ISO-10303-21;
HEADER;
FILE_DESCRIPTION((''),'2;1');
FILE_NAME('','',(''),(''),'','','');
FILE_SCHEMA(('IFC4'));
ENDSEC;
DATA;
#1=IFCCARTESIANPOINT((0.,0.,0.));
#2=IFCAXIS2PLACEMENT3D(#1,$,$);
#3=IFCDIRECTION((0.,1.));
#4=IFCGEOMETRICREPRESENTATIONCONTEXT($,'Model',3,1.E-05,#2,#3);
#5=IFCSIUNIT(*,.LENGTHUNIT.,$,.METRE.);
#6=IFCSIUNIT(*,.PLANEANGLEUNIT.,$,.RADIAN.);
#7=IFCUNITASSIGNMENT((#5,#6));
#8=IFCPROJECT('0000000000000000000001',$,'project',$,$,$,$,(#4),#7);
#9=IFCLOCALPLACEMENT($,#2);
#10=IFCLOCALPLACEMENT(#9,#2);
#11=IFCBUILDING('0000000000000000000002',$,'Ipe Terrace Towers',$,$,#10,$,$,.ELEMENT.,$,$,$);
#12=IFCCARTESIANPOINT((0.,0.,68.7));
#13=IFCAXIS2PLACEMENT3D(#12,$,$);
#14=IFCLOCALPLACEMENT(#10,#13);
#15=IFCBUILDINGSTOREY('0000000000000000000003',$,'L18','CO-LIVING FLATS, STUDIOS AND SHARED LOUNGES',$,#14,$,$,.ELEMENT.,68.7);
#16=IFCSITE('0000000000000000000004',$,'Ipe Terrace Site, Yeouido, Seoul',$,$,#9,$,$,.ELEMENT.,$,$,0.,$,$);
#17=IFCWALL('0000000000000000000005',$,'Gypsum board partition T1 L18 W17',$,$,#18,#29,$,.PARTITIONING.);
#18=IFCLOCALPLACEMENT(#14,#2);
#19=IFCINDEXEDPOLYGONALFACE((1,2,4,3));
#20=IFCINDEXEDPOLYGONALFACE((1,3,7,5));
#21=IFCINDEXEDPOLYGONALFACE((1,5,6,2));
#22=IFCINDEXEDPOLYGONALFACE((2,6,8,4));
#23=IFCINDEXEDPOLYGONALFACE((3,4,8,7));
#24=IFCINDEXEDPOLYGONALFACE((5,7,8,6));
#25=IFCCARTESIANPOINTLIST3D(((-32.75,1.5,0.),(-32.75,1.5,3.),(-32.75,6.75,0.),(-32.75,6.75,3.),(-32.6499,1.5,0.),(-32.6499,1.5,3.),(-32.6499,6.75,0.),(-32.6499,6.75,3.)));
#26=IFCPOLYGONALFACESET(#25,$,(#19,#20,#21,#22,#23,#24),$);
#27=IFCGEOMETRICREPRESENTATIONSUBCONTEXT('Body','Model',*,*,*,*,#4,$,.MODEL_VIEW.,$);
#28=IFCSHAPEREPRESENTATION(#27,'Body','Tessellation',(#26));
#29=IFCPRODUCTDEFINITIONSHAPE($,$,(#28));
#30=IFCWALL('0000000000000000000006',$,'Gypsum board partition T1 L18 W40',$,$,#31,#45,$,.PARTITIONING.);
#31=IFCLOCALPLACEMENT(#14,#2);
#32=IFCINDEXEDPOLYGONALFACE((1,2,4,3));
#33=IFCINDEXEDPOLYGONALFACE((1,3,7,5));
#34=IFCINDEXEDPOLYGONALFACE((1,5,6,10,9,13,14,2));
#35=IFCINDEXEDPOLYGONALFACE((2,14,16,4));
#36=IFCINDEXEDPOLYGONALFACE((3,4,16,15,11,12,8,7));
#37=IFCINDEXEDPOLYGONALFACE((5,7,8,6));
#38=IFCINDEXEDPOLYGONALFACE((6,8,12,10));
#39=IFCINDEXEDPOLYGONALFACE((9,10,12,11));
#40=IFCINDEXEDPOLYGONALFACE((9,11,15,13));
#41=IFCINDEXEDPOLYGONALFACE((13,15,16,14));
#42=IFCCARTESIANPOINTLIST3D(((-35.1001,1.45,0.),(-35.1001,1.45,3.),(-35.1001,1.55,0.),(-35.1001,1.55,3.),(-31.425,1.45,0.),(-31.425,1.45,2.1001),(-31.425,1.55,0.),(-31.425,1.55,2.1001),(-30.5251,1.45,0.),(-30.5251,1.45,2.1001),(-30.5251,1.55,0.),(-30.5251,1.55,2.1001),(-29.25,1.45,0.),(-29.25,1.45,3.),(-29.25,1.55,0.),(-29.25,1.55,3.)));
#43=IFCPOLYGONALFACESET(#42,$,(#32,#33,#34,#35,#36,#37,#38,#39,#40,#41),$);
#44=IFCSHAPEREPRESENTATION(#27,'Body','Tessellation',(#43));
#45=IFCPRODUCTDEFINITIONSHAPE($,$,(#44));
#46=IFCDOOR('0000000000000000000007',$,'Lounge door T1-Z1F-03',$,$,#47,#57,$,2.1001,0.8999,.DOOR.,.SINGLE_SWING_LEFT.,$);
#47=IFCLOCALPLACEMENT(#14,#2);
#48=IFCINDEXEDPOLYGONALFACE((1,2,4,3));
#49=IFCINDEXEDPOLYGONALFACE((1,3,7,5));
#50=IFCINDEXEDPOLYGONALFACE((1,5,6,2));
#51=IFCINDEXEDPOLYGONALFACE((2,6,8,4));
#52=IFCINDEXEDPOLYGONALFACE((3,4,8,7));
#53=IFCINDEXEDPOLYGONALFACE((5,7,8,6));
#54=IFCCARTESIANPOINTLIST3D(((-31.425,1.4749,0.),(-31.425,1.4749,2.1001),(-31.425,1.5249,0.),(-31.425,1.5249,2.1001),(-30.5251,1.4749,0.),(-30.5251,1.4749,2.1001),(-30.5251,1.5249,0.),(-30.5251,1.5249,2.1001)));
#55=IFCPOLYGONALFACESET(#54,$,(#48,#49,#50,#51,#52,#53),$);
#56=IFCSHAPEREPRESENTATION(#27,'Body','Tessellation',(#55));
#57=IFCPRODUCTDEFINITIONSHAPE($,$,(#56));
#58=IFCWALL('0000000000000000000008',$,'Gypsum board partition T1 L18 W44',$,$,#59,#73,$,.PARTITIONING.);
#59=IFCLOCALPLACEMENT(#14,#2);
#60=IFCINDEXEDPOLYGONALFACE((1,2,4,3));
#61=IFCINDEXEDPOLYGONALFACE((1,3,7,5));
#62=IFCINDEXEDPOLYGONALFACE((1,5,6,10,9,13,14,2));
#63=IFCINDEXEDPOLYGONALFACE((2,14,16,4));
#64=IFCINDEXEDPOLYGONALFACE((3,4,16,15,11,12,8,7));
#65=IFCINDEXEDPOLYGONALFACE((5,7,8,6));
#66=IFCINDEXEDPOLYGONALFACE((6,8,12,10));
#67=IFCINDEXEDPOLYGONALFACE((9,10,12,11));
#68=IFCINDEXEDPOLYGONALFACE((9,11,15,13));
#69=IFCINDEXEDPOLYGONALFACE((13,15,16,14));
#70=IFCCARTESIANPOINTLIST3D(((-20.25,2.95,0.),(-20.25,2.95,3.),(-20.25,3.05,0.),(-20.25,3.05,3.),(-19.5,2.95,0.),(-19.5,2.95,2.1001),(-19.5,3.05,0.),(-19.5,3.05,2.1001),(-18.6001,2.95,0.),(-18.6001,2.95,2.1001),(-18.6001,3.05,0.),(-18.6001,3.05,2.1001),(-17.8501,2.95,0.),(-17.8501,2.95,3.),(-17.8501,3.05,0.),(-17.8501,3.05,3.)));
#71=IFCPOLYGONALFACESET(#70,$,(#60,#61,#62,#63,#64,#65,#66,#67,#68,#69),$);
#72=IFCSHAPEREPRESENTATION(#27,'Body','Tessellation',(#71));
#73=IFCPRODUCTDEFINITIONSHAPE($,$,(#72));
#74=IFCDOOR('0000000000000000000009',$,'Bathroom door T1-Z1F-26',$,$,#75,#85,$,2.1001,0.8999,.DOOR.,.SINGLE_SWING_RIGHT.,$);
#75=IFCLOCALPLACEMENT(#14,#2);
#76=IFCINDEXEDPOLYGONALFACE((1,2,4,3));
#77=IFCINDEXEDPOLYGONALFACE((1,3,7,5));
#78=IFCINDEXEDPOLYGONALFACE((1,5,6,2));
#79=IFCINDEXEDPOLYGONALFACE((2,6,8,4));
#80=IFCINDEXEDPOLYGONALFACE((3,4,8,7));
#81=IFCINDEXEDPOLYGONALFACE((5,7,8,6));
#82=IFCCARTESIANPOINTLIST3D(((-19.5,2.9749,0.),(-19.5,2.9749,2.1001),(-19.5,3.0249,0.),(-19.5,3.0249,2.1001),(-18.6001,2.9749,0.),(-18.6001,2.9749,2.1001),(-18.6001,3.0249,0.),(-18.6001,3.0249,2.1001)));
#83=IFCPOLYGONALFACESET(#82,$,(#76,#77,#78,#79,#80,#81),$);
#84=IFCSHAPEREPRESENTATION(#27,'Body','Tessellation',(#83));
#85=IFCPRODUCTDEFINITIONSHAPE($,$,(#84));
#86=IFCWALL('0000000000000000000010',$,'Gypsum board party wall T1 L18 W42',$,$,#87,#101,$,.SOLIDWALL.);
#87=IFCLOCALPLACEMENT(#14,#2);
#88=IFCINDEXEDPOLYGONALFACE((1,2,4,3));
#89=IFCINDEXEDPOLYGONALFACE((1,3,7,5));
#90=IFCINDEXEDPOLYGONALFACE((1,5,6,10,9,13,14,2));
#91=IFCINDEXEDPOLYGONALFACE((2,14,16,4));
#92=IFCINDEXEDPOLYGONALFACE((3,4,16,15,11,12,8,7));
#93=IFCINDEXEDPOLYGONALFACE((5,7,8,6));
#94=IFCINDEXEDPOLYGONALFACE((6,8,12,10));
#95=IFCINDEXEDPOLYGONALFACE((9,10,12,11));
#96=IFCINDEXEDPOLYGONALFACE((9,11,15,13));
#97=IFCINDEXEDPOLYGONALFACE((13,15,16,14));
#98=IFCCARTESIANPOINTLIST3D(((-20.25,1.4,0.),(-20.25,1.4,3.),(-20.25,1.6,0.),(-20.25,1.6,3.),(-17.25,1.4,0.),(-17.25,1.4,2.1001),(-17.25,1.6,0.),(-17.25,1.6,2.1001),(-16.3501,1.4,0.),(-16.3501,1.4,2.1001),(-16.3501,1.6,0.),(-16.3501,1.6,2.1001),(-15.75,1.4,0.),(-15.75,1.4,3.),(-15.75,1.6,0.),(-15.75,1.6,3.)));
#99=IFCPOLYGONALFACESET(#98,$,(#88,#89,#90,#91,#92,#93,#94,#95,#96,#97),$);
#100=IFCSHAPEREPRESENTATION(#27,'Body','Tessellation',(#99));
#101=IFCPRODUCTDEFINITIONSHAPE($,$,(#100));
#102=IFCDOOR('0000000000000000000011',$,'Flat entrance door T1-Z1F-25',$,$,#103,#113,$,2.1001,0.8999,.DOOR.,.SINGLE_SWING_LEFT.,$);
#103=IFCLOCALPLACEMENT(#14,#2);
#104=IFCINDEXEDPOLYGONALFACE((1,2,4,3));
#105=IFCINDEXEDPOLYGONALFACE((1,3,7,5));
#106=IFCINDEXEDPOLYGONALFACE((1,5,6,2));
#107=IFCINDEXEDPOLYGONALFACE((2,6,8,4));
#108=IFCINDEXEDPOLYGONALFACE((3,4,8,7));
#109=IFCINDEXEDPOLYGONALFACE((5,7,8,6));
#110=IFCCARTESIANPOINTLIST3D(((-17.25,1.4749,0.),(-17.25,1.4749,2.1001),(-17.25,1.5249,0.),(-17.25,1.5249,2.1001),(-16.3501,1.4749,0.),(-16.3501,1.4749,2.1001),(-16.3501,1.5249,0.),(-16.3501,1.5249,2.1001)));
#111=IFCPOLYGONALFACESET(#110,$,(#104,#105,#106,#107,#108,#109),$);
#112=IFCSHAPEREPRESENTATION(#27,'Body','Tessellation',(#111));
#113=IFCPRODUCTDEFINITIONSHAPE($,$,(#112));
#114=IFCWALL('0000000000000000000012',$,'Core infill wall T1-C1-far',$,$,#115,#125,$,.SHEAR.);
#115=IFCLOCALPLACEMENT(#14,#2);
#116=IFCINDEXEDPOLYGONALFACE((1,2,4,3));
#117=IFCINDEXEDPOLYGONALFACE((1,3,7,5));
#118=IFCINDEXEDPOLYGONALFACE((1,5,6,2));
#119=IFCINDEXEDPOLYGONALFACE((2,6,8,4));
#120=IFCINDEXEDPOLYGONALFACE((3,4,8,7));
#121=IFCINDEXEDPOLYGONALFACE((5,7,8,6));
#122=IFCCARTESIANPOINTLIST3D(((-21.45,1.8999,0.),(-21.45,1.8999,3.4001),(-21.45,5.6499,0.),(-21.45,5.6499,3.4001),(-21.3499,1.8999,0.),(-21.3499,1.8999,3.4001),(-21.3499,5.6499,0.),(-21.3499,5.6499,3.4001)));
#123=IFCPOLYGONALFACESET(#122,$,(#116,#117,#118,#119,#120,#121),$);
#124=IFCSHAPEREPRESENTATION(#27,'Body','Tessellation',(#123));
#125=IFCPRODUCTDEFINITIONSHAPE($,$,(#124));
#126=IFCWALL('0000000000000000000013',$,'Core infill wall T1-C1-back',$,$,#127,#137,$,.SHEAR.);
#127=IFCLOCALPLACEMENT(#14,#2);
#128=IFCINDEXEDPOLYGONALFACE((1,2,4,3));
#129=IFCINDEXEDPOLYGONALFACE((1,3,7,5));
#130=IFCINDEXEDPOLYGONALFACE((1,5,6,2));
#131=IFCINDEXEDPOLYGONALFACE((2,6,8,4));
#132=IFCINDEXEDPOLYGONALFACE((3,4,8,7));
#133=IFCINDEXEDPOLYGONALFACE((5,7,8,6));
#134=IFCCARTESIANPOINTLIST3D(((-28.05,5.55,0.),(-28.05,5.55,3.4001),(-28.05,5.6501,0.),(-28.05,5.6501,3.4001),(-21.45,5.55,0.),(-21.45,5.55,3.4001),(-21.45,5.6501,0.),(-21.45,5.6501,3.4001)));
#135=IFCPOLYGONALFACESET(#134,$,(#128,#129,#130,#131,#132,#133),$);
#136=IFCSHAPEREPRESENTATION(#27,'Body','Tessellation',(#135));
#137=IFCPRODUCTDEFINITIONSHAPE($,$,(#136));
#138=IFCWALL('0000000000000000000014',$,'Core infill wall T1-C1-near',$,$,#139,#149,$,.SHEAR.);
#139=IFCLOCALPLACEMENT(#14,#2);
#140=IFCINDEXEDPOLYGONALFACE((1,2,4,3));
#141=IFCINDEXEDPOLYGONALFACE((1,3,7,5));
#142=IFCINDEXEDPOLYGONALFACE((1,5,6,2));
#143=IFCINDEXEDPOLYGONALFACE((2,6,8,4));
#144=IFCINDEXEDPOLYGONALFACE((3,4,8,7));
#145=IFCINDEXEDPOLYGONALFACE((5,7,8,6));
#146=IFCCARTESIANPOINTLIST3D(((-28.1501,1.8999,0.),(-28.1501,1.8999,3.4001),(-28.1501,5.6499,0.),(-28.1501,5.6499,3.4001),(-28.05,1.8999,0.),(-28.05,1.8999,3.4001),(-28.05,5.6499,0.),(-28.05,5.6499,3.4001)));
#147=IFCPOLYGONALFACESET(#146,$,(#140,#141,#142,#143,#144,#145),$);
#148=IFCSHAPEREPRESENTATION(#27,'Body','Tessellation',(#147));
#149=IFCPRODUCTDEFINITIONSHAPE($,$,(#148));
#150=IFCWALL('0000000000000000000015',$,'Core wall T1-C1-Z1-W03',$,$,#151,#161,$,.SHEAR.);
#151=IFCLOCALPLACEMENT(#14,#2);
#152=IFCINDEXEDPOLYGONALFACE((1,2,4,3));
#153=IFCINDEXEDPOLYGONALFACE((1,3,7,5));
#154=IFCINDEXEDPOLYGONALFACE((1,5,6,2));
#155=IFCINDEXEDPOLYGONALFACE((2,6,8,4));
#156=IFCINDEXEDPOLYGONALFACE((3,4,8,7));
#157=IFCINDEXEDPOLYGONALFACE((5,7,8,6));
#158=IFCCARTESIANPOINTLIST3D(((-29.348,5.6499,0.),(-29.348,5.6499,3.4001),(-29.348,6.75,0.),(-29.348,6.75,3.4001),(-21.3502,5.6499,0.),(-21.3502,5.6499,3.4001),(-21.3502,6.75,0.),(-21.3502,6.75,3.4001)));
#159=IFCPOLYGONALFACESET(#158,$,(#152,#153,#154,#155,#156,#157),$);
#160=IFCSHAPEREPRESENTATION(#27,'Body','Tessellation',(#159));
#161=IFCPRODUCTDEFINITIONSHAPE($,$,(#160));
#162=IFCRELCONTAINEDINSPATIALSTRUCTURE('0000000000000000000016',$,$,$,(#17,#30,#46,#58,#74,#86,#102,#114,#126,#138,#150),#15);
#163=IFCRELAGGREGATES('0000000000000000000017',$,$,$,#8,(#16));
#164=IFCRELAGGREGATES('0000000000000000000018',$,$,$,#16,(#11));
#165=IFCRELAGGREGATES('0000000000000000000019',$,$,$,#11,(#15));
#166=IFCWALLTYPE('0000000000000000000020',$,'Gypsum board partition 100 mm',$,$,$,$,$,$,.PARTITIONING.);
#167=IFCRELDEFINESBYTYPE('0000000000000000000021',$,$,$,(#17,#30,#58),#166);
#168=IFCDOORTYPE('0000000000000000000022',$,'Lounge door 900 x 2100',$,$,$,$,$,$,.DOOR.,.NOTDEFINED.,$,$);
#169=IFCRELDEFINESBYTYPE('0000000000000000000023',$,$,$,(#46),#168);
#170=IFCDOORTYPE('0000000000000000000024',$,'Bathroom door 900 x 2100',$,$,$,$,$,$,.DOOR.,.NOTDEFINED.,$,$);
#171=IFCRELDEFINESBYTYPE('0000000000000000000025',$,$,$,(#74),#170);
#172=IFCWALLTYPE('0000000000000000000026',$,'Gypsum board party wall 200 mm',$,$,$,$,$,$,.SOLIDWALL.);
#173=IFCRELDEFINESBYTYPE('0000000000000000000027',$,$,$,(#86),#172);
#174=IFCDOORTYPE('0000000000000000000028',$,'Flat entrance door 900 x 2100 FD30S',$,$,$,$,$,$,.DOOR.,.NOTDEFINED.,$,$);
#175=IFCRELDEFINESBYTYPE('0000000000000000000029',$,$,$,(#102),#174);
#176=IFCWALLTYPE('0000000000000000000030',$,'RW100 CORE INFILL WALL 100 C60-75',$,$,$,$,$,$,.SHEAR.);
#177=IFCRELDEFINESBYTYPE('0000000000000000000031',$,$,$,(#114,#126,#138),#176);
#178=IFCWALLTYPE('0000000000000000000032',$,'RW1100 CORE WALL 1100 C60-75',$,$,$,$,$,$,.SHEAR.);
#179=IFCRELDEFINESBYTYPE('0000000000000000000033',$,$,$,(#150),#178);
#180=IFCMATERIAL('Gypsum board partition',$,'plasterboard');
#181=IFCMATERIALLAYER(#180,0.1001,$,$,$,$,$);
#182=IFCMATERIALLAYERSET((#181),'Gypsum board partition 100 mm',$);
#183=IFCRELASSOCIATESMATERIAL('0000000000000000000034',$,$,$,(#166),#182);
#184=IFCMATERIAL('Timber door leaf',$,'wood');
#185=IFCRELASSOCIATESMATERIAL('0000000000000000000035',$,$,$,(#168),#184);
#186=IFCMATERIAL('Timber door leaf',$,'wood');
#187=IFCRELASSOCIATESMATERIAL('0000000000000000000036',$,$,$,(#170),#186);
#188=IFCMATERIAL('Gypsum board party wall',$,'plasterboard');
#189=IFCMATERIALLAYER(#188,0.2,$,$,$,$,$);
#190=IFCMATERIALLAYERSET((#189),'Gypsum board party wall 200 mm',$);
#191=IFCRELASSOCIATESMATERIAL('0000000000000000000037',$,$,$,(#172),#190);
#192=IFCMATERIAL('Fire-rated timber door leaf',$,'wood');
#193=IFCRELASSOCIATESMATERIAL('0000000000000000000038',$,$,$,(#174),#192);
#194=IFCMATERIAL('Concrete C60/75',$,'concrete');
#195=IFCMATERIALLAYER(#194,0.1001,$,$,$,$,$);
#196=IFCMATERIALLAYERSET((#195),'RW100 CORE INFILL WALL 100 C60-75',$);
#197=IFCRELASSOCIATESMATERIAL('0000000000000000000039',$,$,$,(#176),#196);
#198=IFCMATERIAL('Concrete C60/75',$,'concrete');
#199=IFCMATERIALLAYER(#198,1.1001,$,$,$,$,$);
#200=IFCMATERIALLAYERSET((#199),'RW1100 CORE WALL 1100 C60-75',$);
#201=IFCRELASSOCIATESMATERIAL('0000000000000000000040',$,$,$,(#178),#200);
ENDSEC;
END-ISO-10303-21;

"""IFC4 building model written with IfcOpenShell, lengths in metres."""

from ifc_helpers import new_model, si_unit, direction, frame, frame_2d, origin, place, context, subcontext, project, spatial, rectangle, extrude, material, layer, layer_set, type_object, element, fill, save


model = new_model("IFC4")

# Units and contexts
model_context = context("Model", 3, precision=1e-05, world=origin(), true_north=direction((0.0, 1.0)))
body_context = subcontext(model_context, "Body", "Model", "MODEL_VIEW")
ifc_project = project(units=[si_unit("LENGTHUNIT", "METRE"), si_unit("PLANEANGLEUNIT", "RADIAN")], contexts=[model_context])

# Site, building, storey
site_placement = place(None, origin())
site = spatial("IfcSite", under=ifc_project, at=site_placement, Name="Ipe Terrace Site, Yeouido, Seoul", CompositionType="ELEMENT", RefElevation=0.0)
building_placement = place(site_placement, origin())
building = spatial("IfcBuilding", under=site, at=building_placement, Name="Ipe Terrace Towers", CompositionType="ELEMENT")
storey_placement = place(building_placement, frame((0.0, 0.0, 68.7)))
storey = spatial("IfcBuildingStorey", under=building, at=storey_placement, Name="L18", Description="CO-LIVING FLATS, STUDIOS AND SHARED LOUNGES", CompositionType="ELEMENT", Elevation=68.7)

# Wall
ifc_material_1 = material(Name="Gypsum board partition", Category="plasterboard")
ifc_layer_1 = layer(ifc_material_1, 0.1001)
ifc_layer_set_1 = layer_set([ifc_layer_1], Name="Gypsum board partition 100 mm")
wall_type_1 = type_object("IfcWallType", Name="Gypsum board partition 100 mm", PredefinedType="PARTITIONING", material=ifc_layer_set_1)
wall_1_placement = place(storey_placement, frame((-32.7, 1.5, 0.0), z_axis=(0.0, 0.0, 1.0), x_axis=(0.0, 1.0, 0.0)))
element("IfcWall", 1, at=wall_1_placement, inside=storey, type_object=wall_type_1, Name="Gypsum board partition T1 L18 W17", PredefinedType="PARTITIONING", context=body_context, shape_type="SweptSolid", body=[
    extrude(rectangle(XDim=5.25, YDim=0.1001, at=frame_2d((2.625, 0.0))), origin(), (0.0, 0.0, 1.0), 3.0),
])

# Walls, openings, doors
wall_2_placement = place(storey_placement, frame((-35.1001, 1.5, 0.0), z_axis=(0.0, 0.0, 1.0), x_axis=(1.0, 0.0, 0.0)))
wall_2 = element("IfcWall", 2, at=wall_2_placement, inside=storey, type_object=wall_type_1, Name="Gypsum board partition T1 L18 W40", PredefinedType="PARTITIONING", context=body_context, shape_type="SweptSolid", body=[
    extrude(rectangle(XDim=5.8501, YDim=0.1001, at=frame_2d((2.925, 0.0))), origin(), (0.0, 0.0, 1.0), 3.0),
])
opening_1_placement = place(wall_2_placement, frame((3.675, 0.0, 0.0)))
opening_1 = element("IfcOpeningElement", 3, at=opening_1_placement, cuts=wall_2, PredefinedType="OPENING", context=body_context, shape_type="SweptSolid", body=[
    extrude(rectangle(XDim=0.8999, YDim=2.1001, at=frame_2d((0.45, 1.05))), frame((0.0, 0.0601, 0.0), z_axis=(0.0, -1.0, 0.0), x_axis=(1.0, 0.0, 0.0)), (0.0, 0.0, 1.0), 0.1201),
])
ifc_material_2 = material(Name="Timber door leaf", Category="wood")
door_type_1 = type_object("IfcDoorType", Name="Lounge door 900 x 2100", OperationType="NOTDEFINED", PredefinedType="DOOR", material=ifc_material_2)
door_1_placement = place(opening_1_placement, origin())
door_1 = element("IfcDoor", 4, at=door_1_placement, inside=storey, type_object=door_type_1, Name="Lounge door T1-Z1F-03", OperationType="SINGLE_SWING_LEFT", OverallHeight=2.1001, OverallWidth=0.8999, PredefinedType="DOOR", context=body_context, shape_type="SweptSolid", body=[
    extrude(rectangle(XDim=0.8999, YDim=2.1001, at=frame_2d((0.45, 1.05))), frame((0.0, 0.0249, 0.0), z_axis=(0.0, -1.0, 0.0), x_axis=(1.0, 0.0, 0.0)), (0.0, 0.0, 1.0), 0.05),
])
fill(opening_1, door_1)
wall_3_placement = place(storey_placement, frame((-20.25, 3.0, 0.0), z_axis=(0.0, 0.0, 1.0), x_axis=(1.0, 0.0, 0.0)))
wall_3 = element("IfcWall", 5, at=wall_3_placement, inside=storey, type_object=wall_type_1, Name="Gypsum board partition T1 L18 W44", PredefinedType="PARTITIONING", context=body_context, shape_type="SweptSolid", body=[
    extrude(rectangle(XDim=2.3999, YDim=0.1001, at=frame_2d((1.2, 0.0))), origin(), (0.0, 0.0, 1.0), 3.0),
])
opening_2_placement = place(wall_3_placement, frame((0.75, 0.0, 0.0)))
opening_2 = element("IfcOpeningElement", 6, at=opening_2_placement, cuts=wall_3, PredefinedType="OPENING", context=body_context, shape_type="SweptSolid", body=[
    extrude(rectangle(XDim=0.8999, YDim=2.1001, at=frame_2d((0.45, 1.05))), frame((0.0, 0.0601, 0.0), z_axis=(0.0, -1.0, 0.0), x_axis=(1.0, 0.0, 0.0)), (0.0, 0.0, 1.0), 0.1201),
])
ifc_material_3 = material(Name="Timber door leaf", Category="wood")
door_type_2 = type_object("IfcDoorType", Name="Bathroom door 900 x 2100", OperationType="NOTDEFINED", PredefinedType="DOOR", material=ifc_material_3)
door_2_placement = place(opening_2_placement, origin())
door_2 = element("IfcDoor", 7, at=door_2_placement, inside=storey, type_object=door_type_2, Name="Bathroom door T1-Z1F-26", OperationType="SINGLE_SWING_RIGHT", OverallHeight=2.1001, OverallWidth=0.8999, PredefinedType="DOOR", context=body_context, shape_type="SweptSolid", body=[
    extrude(rectangle(XDim=0.8999, YDim=2.1001, at=frame_2d((0.45, 1.05))), frame((0.0, 0.0249, 0.0), z_axis=(0.0, -1.0, 0.0), x_axis=(1.0, 0.0, 0.0)), (0.0, 0.0, 1.0), 0.05),
])
fill(opening_2, door_2)
ifc_material_4 = material(Name="Gypsum board party wall", Category="plasterboard")
ifc_layer_2 = layer(ifc_material_4, 0.2)
ifc_layer_set_2 = layer_set([ifc_layer_2], Name="Gypsum board party wall 200 mm")
wall_type_2 = type_object("IfcWallType", Name="Gypsum board party wall 200 mm", PredefinedType="SOLIDWALL", material=ifc_layer_set_2)
wall_4_placement = place(storey_placement, frame((-20.25, 1.5, 0.0), z_axis=(0.0, 0.0, 1.0), x_axis=(1.0, 0.0, 0.0)))
wall_4 = element("IfcWall", 8, at=wall_4_placement, inside=storey, type_object=wall_type_2, Name="Gypsum board party wall T1 L18 W42", PredefinedType="SOLIDWALL", context=body_context, shape_type="SweptSolid", body=[
    extrude(rectangle(XDim=4.5, YDim=0.2, at=frame_2d((2.25, 0.0))), origin(), (0.0, 0.0, 1.0), 3.0),
])
opening_3_placement = place(wall_4_placement, frame((3.0, 0.0, 0.0)))
opening_3 = element("IfcOpeningElement", 9, at=opening_3_placement, cuts=wall_4, PredefinedType="OPENING", context=body_context, shape_type="SweptSolid", body=[
    extrude(rectangle(XDim=0.8999, YDim=2.1001, at=frame_2d((0.45, 1.05))), frame((0.0, 0.1099, 0.0), z_axis=(0.0, -1.0, 0.0), x_axis=(1.0, 0.0, 0.0)), (0.0, 0.0, 1.0), 0.22),
])
ifc_material_5 = material(Name="Fire-rated timber door leaf", Category="wood")
door_type_3 = type_object("IfcDoorType", Name="Flat entrance door 900 x 2100 FD30S", OperationType="NOTDEFINED", PredefinedType="DOOR", material=ifc_material_5)
door_3_placement = place(opening_3_placement, origin())
door_3 = element("IfcDoor", 10, at=door_3_placement, inside=storey, type_object=door_type_3, Name="Flat entrance door T1-Z1F-25", OperationType="SINGLE_SWING_LEFT", OverallHeight=2.1001, OverallWidth=0.8999, PredefinedType="DOOR", context=body_context, shape_type="SweptSolid", body=[
    extrude(rectangle(XDim=0.8999, YDim=2.1001, at=frame_2d((0.45, 1.05))), frame((0.0, 0.0249, 0.0), z_axis=(0.0, -1.0, 0.0), x_axis=(1.0, 0.0, 0.0)), (0.0, 0.0, 1.0), 0.05),
])
fill(opening_3, door_3)

# Walls
ifc_material_6 = material(Name="Concrete C60/75", Category="concrete")
ifc_layer_3 = layer(ifc_material_6, 0.1001)
ifc_layer_set_3 = layer_set([ifc_layer_3], Name="RW100 CORE INFILL WALL 100 C60-75")
wall_type_3 = type_object("IfcWallType", Name="RW100 CORE INFILL WALL 100 C60-75", PredefinedType="SHEAR", material=ifc_layer_set_3)
wall_5_placement = place(storey_placement, frame((-21.3999, 1.8999, 0.0), z_axis=(0.0, 0.0, 1.0), x_axis=(0.0, 1.0, 0.0)))
element("IfcWall", 11, at=wall_5_placement, inside=storey, type_object=wall_type_3, Name="Core infill wall T1-C1-far", PredefinedType="SHEAR", context=body_context, shape_type="SweptSolid", body=[
    extrude(rectangle(XDim=3.75, YDim=0.1001, at=frame_2d((1.875, 0.0))), origin(), (0.0, 0.0, 1.0), 3.4001),
])
wall_6_placement = place(storey_placement, frame((-28.05, 5.6001, 0.0), z_axis=(0.0, 0.0, 1.0), x_axis=(1.0, 0.0, 0.0)))
element("IfcWall", 12, at=wall_6_placement, inside=storey, type_object=wall_type_3, Name="Core infill wall T1-C1-back", PredefinedType="SHEAR", context=body_context, shape_type="SweptSolid", body=[
    extrude(rectangle(XDim=6.6001, YDim=0.1001, at=frame_2d((3.3, 0.0))), origin(), (0.0, 0.0, 1.0), 3.4001),
])
wall_7_placement = place(storey_placement, frame((-28.1001, 1.8999, 0.0), z_axis=(0.0, 0.0, 1.0), x_axis=(0.0, 1.0, 0.0)))
element("IfcWall", 13, at=wall_7_placement, inside=storey, type_object=wall_type_3, Name="Core infill wall T1-C1-near", PredefinedType="SHEAR", context=body_context, shape_type="SweptSolid", body=[
    extrude(rectangle(XDim=3.75, YDim=0.1001, at=frame_2d((1.875, 0.0))), origin(), (0.0, 0.0, 1.0), 3.4001),
])
ifc_material_7 = material(Name="Concrete C60/75", Category="concrete")
ifc_layer_4 = layer(ifc_material_7, 1.1001)
ifc_layer_set_4 = layer_set([ifc_layer_4], Name="RW1100 CORE WALL 1100 C60-75")
wall_type_4 = type_object("IfcWallType", Name="RW1100 CORE WALL 1100 C60-75", PredefinedType="SHEAR", material=ifc_layer_set_4)
wall_8_placement = place(storey_placement, frame((-21.3501, 6.2, 0.0), z_axis=(0.0, 0.0, 1.0), x_axis=(-1.0, 0.0, 0.0)))
element("IfcWall", 14, at=wall_8_placement, inside=storey, type_object=wall_type_4, Name="Core wall T1-C1-Z1-W03", PredefinedType="SHEAR", context=body_context, shape_type="SweptSolid", body=[
    extrude(rectangle(XDim=7.9978, YDim=1.1001, at=frame_2d((3.999, 0.0))), origin(), (0.0, 0.0, 1.0), 3.4001),
])

save(model, "model.ifc")
